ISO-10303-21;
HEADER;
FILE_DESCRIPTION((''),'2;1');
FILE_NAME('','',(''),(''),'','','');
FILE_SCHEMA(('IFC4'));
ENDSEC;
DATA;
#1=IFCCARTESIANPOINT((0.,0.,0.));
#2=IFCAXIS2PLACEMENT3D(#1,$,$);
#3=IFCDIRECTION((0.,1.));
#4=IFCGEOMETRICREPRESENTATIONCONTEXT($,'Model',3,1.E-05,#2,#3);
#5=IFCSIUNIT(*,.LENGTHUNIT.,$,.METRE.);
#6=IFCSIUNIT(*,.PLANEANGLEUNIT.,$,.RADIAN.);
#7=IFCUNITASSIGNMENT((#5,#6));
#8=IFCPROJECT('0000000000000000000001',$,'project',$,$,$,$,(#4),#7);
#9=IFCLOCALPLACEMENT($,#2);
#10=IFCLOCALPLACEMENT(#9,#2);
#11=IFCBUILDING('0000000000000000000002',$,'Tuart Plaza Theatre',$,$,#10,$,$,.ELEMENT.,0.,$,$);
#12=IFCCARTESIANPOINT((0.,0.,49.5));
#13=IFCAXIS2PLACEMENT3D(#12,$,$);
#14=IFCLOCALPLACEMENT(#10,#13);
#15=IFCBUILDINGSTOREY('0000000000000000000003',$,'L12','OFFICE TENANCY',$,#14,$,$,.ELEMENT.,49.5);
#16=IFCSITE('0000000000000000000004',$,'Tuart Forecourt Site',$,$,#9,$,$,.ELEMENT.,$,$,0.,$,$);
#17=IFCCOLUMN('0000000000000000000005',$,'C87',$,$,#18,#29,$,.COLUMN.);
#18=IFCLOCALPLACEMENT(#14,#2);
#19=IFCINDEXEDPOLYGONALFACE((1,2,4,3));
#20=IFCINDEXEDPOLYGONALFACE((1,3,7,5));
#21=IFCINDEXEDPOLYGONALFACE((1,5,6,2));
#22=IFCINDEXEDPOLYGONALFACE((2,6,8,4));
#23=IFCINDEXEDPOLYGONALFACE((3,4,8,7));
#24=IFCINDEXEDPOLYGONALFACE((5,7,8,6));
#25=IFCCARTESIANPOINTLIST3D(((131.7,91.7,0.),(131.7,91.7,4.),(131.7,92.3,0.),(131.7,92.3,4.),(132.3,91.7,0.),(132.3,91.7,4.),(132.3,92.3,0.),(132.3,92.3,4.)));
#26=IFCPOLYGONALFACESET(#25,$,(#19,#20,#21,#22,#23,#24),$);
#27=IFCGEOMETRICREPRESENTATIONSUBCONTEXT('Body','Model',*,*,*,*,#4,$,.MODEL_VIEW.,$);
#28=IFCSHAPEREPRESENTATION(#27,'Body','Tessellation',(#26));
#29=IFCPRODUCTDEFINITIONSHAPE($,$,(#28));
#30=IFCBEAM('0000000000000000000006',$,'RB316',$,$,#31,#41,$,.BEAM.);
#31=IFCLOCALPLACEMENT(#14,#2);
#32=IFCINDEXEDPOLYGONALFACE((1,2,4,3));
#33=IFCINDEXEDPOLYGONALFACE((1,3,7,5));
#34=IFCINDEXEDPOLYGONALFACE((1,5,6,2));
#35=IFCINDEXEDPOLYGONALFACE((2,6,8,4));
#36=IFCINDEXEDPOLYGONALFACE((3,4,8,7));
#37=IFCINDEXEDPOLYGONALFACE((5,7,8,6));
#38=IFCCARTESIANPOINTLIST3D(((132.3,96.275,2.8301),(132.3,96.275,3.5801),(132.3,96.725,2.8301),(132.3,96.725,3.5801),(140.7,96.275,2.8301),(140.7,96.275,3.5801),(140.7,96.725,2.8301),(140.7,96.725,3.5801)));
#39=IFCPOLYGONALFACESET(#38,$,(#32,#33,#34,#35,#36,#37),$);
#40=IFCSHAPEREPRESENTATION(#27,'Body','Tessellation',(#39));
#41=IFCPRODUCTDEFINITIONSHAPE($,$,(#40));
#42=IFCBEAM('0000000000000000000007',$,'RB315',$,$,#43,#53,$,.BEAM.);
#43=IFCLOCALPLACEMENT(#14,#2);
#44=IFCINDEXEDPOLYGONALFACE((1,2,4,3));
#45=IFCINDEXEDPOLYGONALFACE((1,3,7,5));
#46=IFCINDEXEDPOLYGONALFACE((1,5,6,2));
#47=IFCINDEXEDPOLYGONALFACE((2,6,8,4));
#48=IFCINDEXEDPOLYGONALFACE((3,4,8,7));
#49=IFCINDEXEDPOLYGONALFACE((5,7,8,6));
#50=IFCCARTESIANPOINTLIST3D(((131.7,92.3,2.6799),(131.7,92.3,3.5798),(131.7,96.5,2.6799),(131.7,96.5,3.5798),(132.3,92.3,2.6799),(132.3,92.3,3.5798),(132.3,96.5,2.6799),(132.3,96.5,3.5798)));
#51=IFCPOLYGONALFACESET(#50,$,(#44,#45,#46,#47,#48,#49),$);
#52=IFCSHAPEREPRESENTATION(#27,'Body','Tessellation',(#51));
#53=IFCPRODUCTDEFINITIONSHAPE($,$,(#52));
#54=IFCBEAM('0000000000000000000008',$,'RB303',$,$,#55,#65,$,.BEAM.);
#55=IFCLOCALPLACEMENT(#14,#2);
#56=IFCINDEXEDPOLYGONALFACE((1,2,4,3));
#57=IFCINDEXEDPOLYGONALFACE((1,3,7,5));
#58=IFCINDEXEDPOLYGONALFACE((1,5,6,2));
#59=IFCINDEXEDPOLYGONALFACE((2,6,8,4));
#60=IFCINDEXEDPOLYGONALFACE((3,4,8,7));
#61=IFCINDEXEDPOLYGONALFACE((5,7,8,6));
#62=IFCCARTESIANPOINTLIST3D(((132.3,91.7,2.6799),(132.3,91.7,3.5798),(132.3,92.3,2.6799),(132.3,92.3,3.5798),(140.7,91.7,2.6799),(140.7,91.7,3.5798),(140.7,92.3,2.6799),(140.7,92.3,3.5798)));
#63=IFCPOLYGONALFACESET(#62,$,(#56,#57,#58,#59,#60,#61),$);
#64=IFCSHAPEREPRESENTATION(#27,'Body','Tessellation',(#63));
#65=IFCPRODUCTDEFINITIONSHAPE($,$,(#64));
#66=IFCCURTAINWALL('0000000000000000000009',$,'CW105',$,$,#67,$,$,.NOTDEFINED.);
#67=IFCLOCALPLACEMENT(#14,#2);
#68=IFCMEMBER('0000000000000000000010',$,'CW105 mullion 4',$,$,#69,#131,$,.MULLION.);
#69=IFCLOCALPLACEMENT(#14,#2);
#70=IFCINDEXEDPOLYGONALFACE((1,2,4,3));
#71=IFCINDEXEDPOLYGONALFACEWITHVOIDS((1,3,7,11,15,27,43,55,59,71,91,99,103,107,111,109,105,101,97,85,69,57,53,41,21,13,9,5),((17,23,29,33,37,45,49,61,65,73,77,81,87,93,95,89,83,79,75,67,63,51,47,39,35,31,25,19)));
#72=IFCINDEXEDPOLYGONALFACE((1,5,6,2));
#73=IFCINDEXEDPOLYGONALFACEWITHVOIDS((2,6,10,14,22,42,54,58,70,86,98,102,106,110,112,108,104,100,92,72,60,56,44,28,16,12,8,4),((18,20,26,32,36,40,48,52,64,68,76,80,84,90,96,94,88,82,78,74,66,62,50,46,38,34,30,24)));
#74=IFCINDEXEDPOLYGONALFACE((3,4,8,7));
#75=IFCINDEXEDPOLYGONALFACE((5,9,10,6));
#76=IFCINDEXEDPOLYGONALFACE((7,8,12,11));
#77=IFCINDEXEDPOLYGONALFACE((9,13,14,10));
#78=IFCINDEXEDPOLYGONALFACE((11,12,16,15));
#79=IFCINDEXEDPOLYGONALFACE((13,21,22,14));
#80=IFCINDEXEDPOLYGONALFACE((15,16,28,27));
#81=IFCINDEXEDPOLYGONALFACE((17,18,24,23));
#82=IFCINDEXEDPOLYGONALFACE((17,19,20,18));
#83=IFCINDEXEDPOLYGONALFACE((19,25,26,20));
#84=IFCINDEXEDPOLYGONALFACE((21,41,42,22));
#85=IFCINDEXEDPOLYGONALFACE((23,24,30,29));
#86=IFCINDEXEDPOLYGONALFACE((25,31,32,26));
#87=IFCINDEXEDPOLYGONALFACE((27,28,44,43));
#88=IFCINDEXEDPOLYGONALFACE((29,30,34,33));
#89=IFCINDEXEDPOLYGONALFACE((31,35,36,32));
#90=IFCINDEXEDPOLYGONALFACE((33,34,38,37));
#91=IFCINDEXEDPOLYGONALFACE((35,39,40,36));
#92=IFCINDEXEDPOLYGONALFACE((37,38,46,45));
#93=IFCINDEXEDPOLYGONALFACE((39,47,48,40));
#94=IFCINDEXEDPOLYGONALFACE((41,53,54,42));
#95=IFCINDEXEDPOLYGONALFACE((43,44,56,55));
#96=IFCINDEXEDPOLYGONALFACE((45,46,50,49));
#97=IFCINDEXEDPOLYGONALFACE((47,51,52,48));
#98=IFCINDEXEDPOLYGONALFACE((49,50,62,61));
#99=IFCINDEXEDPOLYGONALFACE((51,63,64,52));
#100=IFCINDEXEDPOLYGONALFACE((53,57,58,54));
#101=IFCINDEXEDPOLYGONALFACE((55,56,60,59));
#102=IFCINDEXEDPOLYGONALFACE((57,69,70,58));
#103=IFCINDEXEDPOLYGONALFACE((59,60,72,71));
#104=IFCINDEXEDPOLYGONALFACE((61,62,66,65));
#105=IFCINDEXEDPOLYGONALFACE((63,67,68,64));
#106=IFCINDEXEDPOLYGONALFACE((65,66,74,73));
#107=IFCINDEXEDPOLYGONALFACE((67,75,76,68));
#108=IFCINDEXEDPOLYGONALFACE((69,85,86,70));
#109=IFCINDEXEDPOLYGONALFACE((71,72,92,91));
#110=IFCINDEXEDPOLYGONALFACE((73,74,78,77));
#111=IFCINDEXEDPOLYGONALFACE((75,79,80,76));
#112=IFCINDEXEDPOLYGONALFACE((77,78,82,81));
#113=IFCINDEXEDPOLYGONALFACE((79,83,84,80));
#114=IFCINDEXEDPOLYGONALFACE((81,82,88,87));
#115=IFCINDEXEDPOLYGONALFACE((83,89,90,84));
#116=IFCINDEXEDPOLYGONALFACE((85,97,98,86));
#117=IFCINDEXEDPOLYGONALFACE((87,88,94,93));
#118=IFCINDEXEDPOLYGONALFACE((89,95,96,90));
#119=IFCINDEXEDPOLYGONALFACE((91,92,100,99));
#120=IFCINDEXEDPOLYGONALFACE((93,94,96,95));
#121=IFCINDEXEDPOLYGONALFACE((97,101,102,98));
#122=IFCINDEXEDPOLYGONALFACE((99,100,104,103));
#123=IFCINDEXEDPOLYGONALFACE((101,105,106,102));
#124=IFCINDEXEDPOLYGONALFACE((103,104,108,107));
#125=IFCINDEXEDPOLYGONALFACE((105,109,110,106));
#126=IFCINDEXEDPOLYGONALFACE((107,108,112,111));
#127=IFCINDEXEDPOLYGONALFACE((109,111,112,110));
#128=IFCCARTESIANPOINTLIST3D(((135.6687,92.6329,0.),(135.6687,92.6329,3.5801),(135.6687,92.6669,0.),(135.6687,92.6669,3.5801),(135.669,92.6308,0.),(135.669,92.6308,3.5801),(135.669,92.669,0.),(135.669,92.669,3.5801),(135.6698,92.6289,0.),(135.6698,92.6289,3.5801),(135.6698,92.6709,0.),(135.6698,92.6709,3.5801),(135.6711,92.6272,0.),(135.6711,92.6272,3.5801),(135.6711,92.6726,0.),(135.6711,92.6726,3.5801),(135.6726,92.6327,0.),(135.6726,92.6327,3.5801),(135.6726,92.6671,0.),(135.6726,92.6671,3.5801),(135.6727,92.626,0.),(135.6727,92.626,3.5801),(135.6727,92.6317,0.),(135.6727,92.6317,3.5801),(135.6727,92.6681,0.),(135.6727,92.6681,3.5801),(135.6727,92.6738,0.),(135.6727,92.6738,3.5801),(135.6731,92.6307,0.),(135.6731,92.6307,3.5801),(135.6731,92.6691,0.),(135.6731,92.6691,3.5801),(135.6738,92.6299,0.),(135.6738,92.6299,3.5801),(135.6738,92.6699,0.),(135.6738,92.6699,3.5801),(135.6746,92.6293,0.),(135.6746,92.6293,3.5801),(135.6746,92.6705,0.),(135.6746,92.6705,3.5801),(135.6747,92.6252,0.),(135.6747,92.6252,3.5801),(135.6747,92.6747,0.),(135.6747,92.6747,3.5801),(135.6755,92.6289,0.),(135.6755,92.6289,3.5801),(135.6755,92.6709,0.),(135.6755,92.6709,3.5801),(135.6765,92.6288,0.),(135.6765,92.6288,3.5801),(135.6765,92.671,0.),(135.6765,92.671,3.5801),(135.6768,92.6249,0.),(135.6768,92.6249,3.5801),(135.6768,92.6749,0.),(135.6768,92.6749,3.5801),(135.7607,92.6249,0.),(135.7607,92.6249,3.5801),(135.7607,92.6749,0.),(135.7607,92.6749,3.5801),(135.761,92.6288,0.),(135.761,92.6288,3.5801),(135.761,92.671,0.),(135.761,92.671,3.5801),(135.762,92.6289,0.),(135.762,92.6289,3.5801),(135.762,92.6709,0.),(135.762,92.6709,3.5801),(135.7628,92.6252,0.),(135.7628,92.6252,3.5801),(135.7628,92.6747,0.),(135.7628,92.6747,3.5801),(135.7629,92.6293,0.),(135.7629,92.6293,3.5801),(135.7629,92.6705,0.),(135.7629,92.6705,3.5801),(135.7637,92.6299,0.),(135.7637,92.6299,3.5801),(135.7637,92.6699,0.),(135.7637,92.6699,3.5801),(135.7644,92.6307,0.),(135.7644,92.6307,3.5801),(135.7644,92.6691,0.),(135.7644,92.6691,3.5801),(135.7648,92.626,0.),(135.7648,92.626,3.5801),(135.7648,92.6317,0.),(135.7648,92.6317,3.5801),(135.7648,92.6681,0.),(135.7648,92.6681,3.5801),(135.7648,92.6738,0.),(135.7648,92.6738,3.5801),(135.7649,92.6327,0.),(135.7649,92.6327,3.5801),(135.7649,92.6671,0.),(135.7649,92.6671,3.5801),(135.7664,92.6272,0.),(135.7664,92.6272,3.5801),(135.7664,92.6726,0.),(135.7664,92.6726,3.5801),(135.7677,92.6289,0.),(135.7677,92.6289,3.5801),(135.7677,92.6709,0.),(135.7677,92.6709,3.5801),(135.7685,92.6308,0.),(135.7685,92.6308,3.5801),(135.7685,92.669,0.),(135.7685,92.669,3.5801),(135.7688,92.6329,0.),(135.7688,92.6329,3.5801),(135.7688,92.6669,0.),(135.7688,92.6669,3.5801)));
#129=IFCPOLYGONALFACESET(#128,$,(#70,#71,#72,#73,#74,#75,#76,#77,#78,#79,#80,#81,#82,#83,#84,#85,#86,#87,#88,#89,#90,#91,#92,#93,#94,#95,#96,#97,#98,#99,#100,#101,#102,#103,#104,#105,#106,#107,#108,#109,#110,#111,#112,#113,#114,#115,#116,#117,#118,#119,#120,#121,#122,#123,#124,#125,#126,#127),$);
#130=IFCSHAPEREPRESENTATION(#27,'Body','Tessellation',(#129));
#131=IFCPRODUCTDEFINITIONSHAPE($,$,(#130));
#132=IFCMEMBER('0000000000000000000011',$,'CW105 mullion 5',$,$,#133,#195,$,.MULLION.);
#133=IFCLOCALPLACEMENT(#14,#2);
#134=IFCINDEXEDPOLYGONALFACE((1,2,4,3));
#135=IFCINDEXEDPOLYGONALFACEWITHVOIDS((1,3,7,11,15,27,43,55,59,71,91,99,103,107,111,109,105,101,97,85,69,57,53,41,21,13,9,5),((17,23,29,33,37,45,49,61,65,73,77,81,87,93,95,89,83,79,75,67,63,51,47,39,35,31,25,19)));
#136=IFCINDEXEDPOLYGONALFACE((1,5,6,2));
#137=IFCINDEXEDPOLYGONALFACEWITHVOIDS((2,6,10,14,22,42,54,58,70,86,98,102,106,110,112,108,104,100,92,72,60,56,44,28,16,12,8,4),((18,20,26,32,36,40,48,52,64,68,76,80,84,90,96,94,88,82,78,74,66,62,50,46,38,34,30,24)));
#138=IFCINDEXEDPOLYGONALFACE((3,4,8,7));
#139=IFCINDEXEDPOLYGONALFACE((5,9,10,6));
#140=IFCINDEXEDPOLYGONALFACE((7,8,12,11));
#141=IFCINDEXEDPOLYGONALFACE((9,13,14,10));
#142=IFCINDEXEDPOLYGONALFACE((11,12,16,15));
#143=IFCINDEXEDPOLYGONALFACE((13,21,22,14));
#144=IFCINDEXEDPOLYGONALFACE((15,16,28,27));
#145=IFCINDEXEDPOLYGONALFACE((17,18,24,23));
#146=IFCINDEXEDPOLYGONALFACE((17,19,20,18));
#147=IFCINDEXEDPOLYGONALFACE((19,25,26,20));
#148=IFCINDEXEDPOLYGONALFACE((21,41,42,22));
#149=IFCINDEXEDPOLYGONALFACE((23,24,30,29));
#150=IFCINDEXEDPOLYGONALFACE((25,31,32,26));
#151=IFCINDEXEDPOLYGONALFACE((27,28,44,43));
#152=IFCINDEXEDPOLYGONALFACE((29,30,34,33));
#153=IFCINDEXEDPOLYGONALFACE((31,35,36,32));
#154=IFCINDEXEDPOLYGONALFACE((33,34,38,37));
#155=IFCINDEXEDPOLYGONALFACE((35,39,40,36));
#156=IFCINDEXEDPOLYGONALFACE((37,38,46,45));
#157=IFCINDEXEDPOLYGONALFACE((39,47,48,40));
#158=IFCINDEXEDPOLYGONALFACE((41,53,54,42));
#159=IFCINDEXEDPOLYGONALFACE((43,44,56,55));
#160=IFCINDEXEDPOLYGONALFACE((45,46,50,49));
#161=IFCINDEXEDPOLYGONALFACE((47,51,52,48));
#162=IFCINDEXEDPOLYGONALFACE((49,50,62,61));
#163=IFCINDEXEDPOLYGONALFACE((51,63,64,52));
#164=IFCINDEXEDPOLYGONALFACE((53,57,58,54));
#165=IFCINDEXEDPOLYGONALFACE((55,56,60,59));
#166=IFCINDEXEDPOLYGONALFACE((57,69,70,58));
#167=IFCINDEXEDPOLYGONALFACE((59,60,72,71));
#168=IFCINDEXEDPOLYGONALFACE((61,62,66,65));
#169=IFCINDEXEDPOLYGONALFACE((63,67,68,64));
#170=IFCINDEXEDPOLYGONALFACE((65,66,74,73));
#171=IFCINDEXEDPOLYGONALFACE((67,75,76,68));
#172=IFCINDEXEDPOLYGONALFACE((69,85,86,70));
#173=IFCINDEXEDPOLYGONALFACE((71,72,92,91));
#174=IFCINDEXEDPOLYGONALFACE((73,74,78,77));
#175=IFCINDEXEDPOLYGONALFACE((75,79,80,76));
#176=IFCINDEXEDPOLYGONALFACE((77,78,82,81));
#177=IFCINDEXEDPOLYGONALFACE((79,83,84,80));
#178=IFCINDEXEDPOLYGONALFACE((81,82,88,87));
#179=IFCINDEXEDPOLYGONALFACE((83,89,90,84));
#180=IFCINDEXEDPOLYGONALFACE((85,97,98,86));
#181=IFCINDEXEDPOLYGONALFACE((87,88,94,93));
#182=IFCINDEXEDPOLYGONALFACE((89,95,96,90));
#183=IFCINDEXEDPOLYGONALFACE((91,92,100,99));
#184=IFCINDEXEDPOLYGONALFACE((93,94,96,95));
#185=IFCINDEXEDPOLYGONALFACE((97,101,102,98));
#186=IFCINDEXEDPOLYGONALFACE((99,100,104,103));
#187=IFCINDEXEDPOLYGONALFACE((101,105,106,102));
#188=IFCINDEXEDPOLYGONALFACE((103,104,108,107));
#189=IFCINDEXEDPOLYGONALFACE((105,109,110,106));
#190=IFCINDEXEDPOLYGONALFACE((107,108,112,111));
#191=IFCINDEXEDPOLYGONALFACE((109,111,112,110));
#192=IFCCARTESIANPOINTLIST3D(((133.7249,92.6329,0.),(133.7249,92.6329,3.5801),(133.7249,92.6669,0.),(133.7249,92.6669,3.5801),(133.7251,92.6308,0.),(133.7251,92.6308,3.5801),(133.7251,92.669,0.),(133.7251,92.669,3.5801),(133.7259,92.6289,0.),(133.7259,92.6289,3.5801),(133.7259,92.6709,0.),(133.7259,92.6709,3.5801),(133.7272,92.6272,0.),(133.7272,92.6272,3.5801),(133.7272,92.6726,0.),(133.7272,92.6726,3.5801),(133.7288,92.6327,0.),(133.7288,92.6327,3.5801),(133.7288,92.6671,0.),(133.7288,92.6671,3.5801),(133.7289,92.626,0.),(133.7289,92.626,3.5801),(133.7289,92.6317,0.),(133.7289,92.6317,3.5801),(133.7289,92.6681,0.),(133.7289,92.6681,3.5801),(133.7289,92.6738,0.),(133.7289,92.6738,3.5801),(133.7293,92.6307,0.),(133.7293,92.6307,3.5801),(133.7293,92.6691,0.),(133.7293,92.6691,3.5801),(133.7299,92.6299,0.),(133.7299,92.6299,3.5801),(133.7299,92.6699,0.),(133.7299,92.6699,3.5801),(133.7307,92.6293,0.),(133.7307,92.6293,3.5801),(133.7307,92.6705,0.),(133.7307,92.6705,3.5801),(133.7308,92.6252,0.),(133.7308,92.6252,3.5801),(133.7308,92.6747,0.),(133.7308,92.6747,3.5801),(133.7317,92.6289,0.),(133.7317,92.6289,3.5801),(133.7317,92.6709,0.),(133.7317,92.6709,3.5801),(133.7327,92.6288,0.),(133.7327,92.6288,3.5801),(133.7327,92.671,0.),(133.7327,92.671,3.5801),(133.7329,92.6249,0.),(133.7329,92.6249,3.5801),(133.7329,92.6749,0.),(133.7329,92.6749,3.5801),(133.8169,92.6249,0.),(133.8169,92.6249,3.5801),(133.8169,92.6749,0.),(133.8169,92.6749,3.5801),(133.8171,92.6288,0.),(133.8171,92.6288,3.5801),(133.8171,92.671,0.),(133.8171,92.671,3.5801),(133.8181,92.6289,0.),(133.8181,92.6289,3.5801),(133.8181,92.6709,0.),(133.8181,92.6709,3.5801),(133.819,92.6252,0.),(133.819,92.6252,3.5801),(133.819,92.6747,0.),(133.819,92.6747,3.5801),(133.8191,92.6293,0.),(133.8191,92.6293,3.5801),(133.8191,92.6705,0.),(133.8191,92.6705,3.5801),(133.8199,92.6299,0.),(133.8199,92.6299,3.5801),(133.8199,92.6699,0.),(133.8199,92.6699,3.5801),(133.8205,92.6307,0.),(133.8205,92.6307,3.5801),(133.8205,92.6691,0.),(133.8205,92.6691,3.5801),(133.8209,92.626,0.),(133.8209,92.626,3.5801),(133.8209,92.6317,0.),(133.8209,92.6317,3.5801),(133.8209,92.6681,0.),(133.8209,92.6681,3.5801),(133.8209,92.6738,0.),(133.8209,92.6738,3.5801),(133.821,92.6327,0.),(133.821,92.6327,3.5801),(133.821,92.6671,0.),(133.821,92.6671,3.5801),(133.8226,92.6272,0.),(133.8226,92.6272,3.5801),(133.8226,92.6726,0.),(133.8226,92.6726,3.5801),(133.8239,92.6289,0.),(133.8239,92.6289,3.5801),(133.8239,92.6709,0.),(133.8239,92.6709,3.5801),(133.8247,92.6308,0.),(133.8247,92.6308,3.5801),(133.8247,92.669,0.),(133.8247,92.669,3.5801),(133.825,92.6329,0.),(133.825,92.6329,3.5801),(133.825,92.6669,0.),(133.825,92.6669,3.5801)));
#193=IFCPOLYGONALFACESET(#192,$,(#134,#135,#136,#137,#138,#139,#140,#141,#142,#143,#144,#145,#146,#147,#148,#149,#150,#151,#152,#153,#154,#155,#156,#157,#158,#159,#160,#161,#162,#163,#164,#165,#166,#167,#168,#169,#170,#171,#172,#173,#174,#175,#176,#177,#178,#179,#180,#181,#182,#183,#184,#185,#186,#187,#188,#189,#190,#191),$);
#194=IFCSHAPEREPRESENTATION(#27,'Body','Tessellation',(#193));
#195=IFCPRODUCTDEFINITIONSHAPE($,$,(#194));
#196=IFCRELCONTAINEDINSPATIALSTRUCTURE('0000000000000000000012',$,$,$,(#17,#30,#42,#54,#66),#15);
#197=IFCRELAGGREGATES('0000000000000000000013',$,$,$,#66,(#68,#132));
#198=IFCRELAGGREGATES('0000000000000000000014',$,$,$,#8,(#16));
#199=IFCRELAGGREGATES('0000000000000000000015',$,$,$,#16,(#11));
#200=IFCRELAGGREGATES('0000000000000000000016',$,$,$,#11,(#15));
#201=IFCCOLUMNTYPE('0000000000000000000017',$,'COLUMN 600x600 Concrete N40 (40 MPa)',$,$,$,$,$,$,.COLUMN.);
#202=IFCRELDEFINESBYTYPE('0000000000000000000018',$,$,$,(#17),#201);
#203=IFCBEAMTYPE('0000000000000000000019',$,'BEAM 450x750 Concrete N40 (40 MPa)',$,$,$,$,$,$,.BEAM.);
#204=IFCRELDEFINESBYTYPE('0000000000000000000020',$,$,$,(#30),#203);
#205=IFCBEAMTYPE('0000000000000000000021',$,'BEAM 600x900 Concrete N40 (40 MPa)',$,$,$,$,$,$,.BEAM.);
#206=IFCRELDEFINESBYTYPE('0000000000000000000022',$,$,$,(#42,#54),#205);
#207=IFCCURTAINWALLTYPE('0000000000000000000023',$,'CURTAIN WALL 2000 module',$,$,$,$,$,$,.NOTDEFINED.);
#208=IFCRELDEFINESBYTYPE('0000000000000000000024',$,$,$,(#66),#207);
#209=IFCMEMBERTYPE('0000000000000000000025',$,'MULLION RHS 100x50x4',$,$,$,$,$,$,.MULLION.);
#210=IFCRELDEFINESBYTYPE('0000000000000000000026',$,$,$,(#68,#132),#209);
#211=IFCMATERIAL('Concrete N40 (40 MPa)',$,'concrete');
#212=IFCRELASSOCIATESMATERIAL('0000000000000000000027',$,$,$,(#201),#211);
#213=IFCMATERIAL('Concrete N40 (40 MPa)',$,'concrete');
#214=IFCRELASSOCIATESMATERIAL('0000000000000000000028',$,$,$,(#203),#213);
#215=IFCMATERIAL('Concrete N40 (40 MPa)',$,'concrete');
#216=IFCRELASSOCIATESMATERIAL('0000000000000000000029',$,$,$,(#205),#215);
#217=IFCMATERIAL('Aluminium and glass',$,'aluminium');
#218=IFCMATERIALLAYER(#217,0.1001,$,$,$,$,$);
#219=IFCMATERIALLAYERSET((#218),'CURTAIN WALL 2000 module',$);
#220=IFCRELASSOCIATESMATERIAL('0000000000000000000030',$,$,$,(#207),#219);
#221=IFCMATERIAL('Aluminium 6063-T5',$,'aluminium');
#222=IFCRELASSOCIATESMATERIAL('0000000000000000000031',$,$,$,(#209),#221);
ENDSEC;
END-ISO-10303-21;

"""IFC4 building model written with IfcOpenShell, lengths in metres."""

from ifc_helpers import new_model, si_unit, direction, frame, origin, origin_2d, place, context, subcontext, project, spatial, rectangle, hollow_rectangle, extrude, material, layer, layer_set, material_profile, profile_set, type_object, element, aggregate, save


model = new_model("IFC4")

# Units and contexts
model_context = context("Model", 3, precision=1e-05, world=origin(), true_north=direction((0.0, 1.0)))
body_context = subcontext(model_context, "Body", "Model", "MODEL_VIEW")
ifc_project = project(units=[si_unit("LENGTHUNIT", "METRE"), si_unit("PLANEANGLEUNIT", "RADIAN")], contexts=[model_context])

# Site, building, storey
site_placement = place(None, origin())
site = spatial("IfcSite", under=ifc_project, at=site_placement, Name="Tuart Forecourt Site", CompositionType="ELEMENT", RefElevation=0.0)
building_placement = place(site_placement, origin())
building = spatial("IfcBuilding", under=site, at=building_placement, Name="Tuart Plaza Theatre", CompositionType="ELEMENT", ElevationOfRefHeight=0.0)
storey_placement = place(building_placement, frame((0.0, 0.0, 49.5)))
storey = spatial("IfcBuildingStorey", under=building, at=storey_placement, Name="L12", Description="OFFICE TENANCY", CompositionType="ELEMENT", Elevation=49.5)

# Column
ifc_material_1 = material(Name="Concrete N40 (40 MPa)", Category="concrete")
ifc_material_profile_1 = material_profile(ifc_material_1, rectangle(XDim=0.6001, YDim=0.6001, at=origin_2d()), Name="COLUMN 600x600 Concrete N40 (40 MPa)")
ifc_profile_set_1 = profile_set([ifc_material_profile_1], Name="Concrete N40 (40 MPa)")
column_type = type_object("IfcColumnType", Name="COLUMN 600x600 Concrete N40 (40 MPa)", PredefinedType="COLUMN", material=ifc_profile_set_1)
column_placement = place(storey_placement, frame((132.0, 92.0, 0.0), z_axis=(0.0, 0.0, 1.0), x_axis=(1.0, 0.0, 0.0)))
element("IfcColumn", 1, at=column_placement, inside=storey, type_object=column_type, Name="C87", PredefinedType="COLUMN", context=body_context, shape_type="SweptSolid", body=[
    extrude(rectangle(XDim=0.6001, YDim=0.6001, at=origin_2d()), origin(), (0.0, 0.0, 1.0), 4.0),
])

# Beams
ifc_material_2 = material(Name="Concrete N40 (40 MPa)", Category="concrete")
ifc_material_profile_2 = material_profile(ifc_material_2, rectangle(XDim=0.45, YDim=0.75, at=origin_2d()), Name="BEAM 450x750 Concrete N40 (40 MPa)")
ifc_profile_set_2 = profile_set([ifc_material_profile_2], Name="Concrete N40 (40 MPa)")
beam_type_1 = type_object("IfcBeamType", Name="BEAM 450x750 Concrete N40 (40 MPa)", PredefinedType="BEAM", material=ifc_profile_set_2)
beam_1_placement = place(storey_placement, frame((132.3, 96.5, 3.2051), z_axis=(1.0, 0.0, 0.0), x_axis=(0.0, 1.0, 0.0)))
element("IfcBeam", 2, at=beam_1_placement, inside=storey, type_object=beam_type_1, Name="RB316", PredefinedType="BEAM", context=body_context, shape_type="SweptSolid", body=[
    extrude(rectangle(XDim=0.45, YDim=0.75, at=origin_2d()), origin(), (0.0, 0.0, 1.0), 8.3999),
])
ifc_material_3 = material(Name="Concrete N40 (40 MPa)", Category="concrete")
ifc_material_profile_3 = material_profile(ifc_material_3, rectangle(XDim=0.6001, YDim=0.8999, at=origin_2d()), Name="BEAM 600x900 Concrete N40 (40 MPa)")
ifc_profile_set_3 = profile_set([ifc_material_profile_3], Name="Concrete N40 (40 MPa)")
beam_type_2 = type_object("IfcBeamType", Name="BEAM 600x900 Concrete N40 (40 MPa)", PredefinedType="BEAM", material=ifc_profile_set_3)
beam_2_placement = place(storey_placement, frame((132.0, 92.3, 3.1299), z_axis=(0.0, 1.0, 0.0), x_axis=(-1.0, 0.0, 0.0)))
element("IfcBeam", 3, at=beam_2_placement, inside=storey, type_object=beam_type_2, Name="RB315", PredefinedType="BEAM", context=body_context, shape_type="SweptSolid", body=[
    extrude(rectangle(XDim=0.6001, YDim=0.8999, at=origin_2d()), origin(), (0.0, 0.0, 1.0), 4.2),
])
beam_3_placement = place(storey_placement, frame((132.3, 92.0, 3.1299), z_axis=(1.0, 0.0, 0.0), x_axis=(0.0, 1.0, 0.0)))
element("IfcBeam", 4, at=beam_3_placement, inside=storey, type_object=beam_type_2, Name="RB303", PredefinedType="BEAM", context=body_context, shape_type="SweptSolid", body=[
    extrude(rectangle(XDim=0.6001, YDim=0.8999, at=origin_2d()), origin(), (0.0, 0.0, 1.0), 8.3999),
])

# Curtain wall, members
ifc_material_4 = material(Name="Aluminium and glass", Category="aluminium")
ifc_layer_1 = layer(ifc_material_4, 0.1001)
ifc_layer_set_1 = layer_set([ifc_layer_1], Name="CURTAIN WALL 2000 module")
curtain_wall_type = type_object("IfcCurtainWallType", Name="CURTAIN WALL 2000 module", PredefinedType="NOTDEFINED", material=ifc_layer_set_1)
curtain_wall_placement = place(storey_placement, origin())
curtain_wall = element("IfcCurtainWall", 5, at=curtain_wall_placement, inside=storey, type_object=curtain_wall_type, Name="CW105", PredefinedType="NOTDEFINED")
ifc_material_5 = material(Name="Aluminium 6063-T5", Category="aluminium")
ifc_material_profile_4 = material_profile(ifc_material_5, hollow_rectangle(XDim=0.05, YDim=0.1001, WallThickness=0.0039, InnerFilletRadius=0.0039, OuterFilletRadius=0.0081, at=origin_2d()), Name="RHS 100x50x4")
ifc_profile_set_4 = profile_set([ifc_material_profile_4], Name="Aluminium 6063-T5")
member_type_1 = type_object("IfcMemberType", Name="MULLION RHS 100x50x4", PredefinedType="MULLION", material=ifc_profile_set_4)
member_1_placement = place(storey_placement, frame((135.7188, 92.6499, 0.0), z_axis=(0.0, 0.0, 1.0), x_axis=(0.0, -1.0, 0.0)))
member_1 = element("IfcMember", 6, at=member_1_placement, type_object=member_type_1, Name="CW105 mullion 4", PredefinedType="MULLION", context=body_context, shape_type="SweptSolid", body=[
    extrude(hollow_rectangle(XDim=0.05, YDim=0.1001, WallThickness=0.0039, InnerFilletRadius=0.0039, OuterFilletRadius=0.0081, at=origin_2d()), origin(), (0.0, 0.0, 1.0), 3.5801),
])
member_2_placement = place(storey_placement, frame((133.7749, 92.6499, 0.0), z_axis=(0.0, 0.0, 1.0), x_axis=(0.0, -1.0, 0.0)))
member_2 = element("IfcMember", 7, at=member_2_placement, type_object=member_type_1, Name="CW105 mullion 5", PredefinedType="MULLION", context=body_context, shape_type="SweptSolid", body=[
    extrude(hollow_rectangle(XDim=0.05, YDim=0.1001, WallThickness=0.0039, InnerFilletRadius=0.0039, OuterFilletRadius=0.0081, at=origin_2d()), origin(), (0.0, 0.0, 1.0), 3.5801),
])
aggregate(curtain_wall, [member_1, member_2])

save(model, "model.ifc")
